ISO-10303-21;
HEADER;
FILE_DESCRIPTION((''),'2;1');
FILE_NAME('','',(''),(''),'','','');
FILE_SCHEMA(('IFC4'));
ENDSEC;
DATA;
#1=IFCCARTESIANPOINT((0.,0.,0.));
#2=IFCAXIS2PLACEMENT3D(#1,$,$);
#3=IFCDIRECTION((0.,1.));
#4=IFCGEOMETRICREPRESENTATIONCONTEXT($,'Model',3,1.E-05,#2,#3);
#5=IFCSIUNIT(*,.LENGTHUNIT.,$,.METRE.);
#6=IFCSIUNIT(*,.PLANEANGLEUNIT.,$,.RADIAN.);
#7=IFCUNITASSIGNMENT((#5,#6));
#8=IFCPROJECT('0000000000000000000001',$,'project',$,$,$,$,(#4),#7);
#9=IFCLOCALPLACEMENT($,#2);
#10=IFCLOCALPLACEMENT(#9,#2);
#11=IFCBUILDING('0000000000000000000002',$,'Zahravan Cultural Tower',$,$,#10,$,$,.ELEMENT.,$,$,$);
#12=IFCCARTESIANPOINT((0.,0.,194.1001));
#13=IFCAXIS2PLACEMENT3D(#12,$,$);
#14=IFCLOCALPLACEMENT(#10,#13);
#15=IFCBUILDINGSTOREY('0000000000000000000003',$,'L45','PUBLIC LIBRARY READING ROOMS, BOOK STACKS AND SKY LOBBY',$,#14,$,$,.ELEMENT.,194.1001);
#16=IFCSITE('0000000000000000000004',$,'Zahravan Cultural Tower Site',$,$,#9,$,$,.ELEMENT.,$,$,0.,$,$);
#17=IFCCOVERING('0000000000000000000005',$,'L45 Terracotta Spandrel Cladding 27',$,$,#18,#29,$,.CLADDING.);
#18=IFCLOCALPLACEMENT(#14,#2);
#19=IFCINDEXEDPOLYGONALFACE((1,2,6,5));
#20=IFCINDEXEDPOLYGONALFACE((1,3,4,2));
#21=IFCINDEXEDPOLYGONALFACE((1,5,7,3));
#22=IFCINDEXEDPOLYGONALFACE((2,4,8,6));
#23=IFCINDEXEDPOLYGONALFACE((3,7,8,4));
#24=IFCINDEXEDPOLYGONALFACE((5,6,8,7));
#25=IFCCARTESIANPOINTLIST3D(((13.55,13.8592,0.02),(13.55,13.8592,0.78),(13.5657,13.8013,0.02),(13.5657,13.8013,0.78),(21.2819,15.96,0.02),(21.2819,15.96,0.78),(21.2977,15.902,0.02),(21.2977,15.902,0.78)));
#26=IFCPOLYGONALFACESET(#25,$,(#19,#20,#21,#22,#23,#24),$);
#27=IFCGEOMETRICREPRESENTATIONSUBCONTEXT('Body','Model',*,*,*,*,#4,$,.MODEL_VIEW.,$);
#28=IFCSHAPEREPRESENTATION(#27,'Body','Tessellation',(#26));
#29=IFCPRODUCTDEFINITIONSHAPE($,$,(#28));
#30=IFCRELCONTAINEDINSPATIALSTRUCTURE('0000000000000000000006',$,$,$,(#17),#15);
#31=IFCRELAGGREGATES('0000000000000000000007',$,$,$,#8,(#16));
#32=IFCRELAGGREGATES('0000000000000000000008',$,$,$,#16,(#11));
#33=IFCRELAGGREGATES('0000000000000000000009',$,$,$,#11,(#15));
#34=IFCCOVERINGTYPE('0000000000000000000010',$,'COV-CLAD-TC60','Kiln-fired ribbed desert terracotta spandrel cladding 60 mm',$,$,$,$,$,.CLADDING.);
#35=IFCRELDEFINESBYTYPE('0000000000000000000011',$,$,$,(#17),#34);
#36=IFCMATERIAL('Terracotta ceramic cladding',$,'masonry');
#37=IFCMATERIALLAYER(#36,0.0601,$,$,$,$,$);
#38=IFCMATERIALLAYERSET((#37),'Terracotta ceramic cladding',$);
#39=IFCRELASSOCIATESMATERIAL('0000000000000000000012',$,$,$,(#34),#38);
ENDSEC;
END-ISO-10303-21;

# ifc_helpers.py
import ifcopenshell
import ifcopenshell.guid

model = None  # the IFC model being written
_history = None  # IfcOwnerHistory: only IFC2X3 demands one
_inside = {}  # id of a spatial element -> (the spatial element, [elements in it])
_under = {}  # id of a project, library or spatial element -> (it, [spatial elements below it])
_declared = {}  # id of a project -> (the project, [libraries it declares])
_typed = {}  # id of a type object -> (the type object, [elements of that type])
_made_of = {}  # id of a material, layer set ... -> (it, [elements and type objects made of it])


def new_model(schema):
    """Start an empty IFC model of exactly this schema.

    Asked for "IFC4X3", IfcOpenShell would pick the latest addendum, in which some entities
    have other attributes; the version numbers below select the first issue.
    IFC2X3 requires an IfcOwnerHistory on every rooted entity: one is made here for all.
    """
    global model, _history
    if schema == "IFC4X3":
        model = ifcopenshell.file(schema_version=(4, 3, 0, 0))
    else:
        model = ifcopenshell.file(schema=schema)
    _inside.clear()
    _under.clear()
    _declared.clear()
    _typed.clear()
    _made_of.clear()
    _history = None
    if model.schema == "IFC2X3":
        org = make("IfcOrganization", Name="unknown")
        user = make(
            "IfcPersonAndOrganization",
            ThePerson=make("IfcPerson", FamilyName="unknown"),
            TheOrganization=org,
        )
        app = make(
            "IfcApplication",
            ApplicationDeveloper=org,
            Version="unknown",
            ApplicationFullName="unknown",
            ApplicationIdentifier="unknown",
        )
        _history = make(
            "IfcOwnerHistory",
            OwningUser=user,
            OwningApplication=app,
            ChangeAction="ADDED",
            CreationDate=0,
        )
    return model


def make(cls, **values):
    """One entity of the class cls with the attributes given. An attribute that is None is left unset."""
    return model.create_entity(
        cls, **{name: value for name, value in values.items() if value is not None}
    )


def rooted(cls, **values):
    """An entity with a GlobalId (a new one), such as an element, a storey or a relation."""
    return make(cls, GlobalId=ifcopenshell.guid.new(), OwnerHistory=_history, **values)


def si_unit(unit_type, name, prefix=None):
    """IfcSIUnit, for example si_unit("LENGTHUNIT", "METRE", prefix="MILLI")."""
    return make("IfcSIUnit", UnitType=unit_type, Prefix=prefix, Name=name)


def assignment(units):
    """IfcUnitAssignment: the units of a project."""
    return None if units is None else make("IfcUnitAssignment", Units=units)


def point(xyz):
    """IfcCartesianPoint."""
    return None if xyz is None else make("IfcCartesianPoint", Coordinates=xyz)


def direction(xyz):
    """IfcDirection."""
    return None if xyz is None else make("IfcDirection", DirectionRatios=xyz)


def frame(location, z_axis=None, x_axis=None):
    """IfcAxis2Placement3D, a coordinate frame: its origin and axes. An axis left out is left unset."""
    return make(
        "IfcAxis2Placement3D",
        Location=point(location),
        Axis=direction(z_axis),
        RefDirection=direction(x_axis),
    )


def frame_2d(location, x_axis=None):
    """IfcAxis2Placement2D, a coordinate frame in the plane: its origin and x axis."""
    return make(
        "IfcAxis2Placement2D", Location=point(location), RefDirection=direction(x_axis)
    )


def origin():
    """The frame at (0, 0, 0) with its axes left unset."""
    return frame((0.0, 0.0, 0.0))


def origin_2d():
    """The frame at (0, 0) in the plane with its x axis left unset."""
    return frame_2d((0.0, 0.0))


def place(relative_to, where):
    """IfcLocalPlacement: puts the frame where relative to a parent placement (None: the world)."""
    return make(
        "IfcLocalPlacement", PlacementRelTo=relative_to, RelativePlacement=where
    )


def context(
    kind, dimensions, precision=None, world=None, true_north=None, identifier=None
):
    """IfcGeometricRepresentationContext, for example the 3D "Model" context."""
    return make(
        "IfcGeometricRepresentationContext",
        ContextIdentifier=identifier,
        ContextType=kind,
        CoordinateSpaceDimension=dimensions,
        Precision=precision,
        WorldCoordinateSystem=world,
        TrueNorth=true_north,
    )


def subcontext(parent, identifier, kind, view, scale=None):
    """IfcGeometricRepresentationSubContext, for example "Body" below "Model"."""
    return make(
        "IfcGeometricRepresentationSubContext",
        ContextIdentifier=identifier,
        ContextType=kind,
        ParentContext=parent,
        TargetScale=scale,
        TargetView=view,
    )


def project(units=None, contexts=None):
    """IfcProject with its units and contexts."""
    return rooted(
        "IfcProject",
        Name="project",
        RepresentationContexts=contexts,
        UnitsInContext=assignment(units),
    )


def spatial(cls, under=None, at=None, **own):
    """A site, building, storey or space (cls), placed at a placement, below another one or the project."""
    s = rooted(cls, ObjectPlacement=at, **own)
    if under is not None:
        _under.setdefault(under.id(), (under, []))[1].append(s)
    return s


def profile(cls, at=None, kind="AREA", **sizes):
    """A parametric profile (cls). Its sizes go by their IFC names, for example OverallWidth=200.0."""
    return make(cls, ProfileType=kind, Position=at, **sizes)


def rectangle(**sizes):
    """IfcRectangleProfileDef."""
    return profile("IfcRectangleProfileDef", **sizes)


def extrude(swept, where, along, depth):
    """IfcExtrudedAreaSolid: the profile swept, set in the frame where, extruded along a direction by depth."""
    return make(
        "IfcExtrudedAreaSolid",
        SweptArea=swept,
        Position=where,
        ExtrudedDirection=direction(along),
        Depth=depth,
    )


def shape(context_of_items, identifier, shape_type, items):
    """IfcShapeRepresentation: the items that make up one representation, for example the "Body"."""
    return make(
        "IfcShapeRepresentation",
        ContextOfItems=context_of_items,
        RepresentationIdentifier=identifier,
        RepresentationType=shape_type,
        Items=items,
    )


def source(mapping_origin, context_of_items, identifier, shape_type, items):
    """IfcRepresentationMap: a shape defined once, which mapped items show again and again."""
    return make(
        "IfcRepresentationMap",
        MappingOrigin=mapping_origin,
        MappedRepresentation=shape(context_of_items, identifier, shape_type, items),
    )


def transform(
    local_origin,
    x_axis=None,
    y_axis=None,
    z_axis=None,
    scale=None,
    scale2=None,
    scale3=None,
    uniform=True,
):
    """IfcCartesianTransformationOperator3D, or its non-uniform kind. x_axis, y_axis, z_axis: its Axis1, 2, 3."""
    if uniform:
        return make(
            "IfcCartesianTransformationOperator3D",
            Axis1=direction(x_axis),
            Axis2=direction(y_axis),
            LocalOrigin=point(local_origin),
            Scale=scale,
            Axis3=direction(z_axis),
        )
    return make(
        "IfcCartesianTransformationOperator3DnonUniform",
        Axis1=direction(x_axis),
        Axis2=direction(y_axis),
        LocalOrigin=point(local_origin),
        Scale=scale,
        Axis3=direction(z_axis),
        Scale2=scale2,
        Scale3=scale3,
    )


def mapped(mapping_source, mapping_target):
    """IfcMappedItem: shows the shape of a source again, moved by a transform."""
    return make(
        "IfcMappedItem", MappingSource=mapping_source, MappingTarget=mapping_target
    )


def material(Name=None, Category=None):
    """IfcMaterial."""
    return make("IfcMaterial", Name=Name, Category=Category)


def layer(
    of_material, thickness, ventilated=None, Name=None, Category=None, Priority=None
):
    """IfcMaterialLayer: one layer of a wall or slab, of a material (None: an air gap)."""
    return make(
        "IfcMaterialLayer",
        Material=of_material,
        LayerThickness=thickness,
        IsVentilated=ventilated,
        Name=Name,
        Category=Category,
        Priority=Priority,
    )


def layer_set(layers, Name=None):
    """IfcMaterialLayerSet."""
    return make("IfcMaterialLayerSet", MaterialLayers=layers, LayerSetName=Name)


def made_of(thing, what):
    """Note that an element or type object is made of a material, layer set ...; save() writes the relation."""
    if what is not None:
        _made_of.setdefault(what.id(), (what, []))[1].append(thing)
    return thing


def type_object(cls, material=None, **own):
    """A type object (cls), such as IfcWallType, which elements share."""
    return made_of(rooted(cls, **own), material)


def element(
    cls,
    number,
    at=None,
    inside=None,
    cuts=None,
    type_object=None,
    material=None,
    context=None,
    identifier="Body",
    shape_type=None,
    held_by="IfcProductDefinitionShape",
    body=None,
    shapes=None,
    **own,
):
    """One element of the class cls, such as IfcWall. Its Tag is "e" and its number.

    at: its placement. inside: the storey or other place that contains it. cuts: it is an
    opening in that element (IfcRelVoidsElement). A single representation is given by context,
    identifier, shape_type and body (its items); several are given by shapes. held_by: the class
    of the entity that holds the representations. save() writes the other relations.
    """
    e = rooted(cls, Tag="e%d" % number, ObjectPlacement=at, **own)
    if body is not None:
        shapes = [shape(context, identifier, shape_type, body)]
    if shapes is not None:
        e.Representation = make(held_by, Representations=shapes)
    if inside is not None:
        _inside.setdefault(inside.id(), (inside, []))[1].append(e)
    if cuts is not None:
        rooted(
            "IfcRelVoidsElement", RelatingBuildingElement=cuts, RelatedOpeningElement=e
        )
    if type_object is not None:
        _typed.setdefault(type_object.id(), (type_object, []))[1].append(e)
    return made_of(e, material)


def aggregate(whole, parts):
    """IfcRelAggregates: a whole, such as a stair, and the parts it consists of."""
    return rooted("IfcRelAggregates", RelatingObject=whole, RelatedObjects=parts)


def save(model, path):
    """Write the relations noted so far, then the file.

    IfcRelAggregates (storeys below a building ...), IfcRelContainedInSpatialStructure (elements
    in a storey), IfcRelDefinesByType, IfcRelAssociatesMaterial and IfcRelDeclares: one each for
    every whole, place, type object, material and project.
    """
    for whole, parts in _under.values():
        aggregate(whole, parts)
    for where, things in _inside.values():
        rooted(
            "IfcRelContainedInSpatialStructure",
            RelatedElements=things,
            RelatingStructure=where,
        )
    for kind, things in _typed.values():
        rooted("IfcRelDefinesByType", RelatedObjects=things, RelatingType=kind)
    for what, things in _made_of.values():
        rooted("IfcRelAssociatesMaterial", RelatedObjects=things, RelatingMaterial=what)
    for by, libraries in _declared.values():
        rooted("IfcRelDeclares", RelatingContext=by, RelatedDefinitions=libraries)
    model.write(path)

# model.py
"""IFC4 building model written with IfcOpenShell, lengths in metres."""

from ifc_helpers import new_model, si_unit, direction, frame, origin, origin_2d, place, context, subcontext, project, spatial, rectangle, extrude, source, transform, mapped, material, layer, layer_set, type_object, element, save


model = new_model("IFC4")

# Units and contexts
model_context = context("Model", 3, precision=1e-05, world=origin(), true_north=direction((0.0, 1.0)))
body_context = subcontext(model_context, "Body", "Model", "MODEL_VIEW")
ifc_project = project(units=[si_unit("LENGTHUNIT", "METRE"), si_unit("PLANEANGLEUNIT", "RADIAN")], contexts=[model_context])

# Site, building, storey
site_placement = place(None, origin())
site = spatial("IfcSite", under=ifc_project, at=site_placement, Name="Zahravan Cultural Tower Site", CompositionType="ELEMENT", RefElevation=0.0)
building_placement = place(site_placement, origin())
building = spatial("IfcBuilding", under=site, at=building_placement, Name="Zahravan Cultural Tower", CompositionType="ELEMENT")
storey_placement = place(building_placement, frame((0.0, 0.0, 194.1001)))
storey = spatial("IfcBuildingStorey", under=building, at=storey_placement, Name="L45", Description="PUBLIC LIBRARY READING ROOMS, BOOK STACKS AND SKY LOBBY", CompositionType="ELEMENT", Elevation=194.1001)

# Covering
ifc_material_1 = material(Name="Terracotta ceramic cladding", Category="masonry")
ifc_layer_1 = layer(ifc_material_1, 0.0601)
ifc_layer_set_1 = layer_set([ifc_layer_1], Name="Terracotta ceramic cladding")
covering_type_1 = type_object("IfcCoveringType", Name="COV-CLAD-TC60", Description="Kiln-fired ribbed desert terracotta spandrel cladding 60 mm", PredefinedType="CLADDING", material=ifc_layer_set_1)
shared_shape_1 = source(origin(), body_context, "Body", "SweptSolid", [
    extrude(rectangle(XDim=8.0122, YDim=0.0601, at=origin_2d()), origin(), (0.0, 0.0, 1.0), 0.76),
])
covering_1_placement = place(storey_placement, frame((17.4238, 14.8806, 0.02), z_axis=(0.0, 0.0, 1.0), x_axis=(-0.965016, -0.262189, 0.0)))
element("IfcCovering", 1, at=covering_1_placement, inside=storey, type_object=covering_type_1, Name="L45 Terracotta Spandrel Cladding 27", PredefinedType="CLADDING", context=body_context, shape_type="MappedRepresentation", body=[
    mapped(shared_shape_1, transform((0.0, 0.0, 0.0), x_axis=(1.0, 0.0, 0.0), y_axis=(0.0, 1.0, 0.0), z_axis=(0.0, 0.0, 1.0), scale=1.0)),
])

save(model, "model.ifc")
